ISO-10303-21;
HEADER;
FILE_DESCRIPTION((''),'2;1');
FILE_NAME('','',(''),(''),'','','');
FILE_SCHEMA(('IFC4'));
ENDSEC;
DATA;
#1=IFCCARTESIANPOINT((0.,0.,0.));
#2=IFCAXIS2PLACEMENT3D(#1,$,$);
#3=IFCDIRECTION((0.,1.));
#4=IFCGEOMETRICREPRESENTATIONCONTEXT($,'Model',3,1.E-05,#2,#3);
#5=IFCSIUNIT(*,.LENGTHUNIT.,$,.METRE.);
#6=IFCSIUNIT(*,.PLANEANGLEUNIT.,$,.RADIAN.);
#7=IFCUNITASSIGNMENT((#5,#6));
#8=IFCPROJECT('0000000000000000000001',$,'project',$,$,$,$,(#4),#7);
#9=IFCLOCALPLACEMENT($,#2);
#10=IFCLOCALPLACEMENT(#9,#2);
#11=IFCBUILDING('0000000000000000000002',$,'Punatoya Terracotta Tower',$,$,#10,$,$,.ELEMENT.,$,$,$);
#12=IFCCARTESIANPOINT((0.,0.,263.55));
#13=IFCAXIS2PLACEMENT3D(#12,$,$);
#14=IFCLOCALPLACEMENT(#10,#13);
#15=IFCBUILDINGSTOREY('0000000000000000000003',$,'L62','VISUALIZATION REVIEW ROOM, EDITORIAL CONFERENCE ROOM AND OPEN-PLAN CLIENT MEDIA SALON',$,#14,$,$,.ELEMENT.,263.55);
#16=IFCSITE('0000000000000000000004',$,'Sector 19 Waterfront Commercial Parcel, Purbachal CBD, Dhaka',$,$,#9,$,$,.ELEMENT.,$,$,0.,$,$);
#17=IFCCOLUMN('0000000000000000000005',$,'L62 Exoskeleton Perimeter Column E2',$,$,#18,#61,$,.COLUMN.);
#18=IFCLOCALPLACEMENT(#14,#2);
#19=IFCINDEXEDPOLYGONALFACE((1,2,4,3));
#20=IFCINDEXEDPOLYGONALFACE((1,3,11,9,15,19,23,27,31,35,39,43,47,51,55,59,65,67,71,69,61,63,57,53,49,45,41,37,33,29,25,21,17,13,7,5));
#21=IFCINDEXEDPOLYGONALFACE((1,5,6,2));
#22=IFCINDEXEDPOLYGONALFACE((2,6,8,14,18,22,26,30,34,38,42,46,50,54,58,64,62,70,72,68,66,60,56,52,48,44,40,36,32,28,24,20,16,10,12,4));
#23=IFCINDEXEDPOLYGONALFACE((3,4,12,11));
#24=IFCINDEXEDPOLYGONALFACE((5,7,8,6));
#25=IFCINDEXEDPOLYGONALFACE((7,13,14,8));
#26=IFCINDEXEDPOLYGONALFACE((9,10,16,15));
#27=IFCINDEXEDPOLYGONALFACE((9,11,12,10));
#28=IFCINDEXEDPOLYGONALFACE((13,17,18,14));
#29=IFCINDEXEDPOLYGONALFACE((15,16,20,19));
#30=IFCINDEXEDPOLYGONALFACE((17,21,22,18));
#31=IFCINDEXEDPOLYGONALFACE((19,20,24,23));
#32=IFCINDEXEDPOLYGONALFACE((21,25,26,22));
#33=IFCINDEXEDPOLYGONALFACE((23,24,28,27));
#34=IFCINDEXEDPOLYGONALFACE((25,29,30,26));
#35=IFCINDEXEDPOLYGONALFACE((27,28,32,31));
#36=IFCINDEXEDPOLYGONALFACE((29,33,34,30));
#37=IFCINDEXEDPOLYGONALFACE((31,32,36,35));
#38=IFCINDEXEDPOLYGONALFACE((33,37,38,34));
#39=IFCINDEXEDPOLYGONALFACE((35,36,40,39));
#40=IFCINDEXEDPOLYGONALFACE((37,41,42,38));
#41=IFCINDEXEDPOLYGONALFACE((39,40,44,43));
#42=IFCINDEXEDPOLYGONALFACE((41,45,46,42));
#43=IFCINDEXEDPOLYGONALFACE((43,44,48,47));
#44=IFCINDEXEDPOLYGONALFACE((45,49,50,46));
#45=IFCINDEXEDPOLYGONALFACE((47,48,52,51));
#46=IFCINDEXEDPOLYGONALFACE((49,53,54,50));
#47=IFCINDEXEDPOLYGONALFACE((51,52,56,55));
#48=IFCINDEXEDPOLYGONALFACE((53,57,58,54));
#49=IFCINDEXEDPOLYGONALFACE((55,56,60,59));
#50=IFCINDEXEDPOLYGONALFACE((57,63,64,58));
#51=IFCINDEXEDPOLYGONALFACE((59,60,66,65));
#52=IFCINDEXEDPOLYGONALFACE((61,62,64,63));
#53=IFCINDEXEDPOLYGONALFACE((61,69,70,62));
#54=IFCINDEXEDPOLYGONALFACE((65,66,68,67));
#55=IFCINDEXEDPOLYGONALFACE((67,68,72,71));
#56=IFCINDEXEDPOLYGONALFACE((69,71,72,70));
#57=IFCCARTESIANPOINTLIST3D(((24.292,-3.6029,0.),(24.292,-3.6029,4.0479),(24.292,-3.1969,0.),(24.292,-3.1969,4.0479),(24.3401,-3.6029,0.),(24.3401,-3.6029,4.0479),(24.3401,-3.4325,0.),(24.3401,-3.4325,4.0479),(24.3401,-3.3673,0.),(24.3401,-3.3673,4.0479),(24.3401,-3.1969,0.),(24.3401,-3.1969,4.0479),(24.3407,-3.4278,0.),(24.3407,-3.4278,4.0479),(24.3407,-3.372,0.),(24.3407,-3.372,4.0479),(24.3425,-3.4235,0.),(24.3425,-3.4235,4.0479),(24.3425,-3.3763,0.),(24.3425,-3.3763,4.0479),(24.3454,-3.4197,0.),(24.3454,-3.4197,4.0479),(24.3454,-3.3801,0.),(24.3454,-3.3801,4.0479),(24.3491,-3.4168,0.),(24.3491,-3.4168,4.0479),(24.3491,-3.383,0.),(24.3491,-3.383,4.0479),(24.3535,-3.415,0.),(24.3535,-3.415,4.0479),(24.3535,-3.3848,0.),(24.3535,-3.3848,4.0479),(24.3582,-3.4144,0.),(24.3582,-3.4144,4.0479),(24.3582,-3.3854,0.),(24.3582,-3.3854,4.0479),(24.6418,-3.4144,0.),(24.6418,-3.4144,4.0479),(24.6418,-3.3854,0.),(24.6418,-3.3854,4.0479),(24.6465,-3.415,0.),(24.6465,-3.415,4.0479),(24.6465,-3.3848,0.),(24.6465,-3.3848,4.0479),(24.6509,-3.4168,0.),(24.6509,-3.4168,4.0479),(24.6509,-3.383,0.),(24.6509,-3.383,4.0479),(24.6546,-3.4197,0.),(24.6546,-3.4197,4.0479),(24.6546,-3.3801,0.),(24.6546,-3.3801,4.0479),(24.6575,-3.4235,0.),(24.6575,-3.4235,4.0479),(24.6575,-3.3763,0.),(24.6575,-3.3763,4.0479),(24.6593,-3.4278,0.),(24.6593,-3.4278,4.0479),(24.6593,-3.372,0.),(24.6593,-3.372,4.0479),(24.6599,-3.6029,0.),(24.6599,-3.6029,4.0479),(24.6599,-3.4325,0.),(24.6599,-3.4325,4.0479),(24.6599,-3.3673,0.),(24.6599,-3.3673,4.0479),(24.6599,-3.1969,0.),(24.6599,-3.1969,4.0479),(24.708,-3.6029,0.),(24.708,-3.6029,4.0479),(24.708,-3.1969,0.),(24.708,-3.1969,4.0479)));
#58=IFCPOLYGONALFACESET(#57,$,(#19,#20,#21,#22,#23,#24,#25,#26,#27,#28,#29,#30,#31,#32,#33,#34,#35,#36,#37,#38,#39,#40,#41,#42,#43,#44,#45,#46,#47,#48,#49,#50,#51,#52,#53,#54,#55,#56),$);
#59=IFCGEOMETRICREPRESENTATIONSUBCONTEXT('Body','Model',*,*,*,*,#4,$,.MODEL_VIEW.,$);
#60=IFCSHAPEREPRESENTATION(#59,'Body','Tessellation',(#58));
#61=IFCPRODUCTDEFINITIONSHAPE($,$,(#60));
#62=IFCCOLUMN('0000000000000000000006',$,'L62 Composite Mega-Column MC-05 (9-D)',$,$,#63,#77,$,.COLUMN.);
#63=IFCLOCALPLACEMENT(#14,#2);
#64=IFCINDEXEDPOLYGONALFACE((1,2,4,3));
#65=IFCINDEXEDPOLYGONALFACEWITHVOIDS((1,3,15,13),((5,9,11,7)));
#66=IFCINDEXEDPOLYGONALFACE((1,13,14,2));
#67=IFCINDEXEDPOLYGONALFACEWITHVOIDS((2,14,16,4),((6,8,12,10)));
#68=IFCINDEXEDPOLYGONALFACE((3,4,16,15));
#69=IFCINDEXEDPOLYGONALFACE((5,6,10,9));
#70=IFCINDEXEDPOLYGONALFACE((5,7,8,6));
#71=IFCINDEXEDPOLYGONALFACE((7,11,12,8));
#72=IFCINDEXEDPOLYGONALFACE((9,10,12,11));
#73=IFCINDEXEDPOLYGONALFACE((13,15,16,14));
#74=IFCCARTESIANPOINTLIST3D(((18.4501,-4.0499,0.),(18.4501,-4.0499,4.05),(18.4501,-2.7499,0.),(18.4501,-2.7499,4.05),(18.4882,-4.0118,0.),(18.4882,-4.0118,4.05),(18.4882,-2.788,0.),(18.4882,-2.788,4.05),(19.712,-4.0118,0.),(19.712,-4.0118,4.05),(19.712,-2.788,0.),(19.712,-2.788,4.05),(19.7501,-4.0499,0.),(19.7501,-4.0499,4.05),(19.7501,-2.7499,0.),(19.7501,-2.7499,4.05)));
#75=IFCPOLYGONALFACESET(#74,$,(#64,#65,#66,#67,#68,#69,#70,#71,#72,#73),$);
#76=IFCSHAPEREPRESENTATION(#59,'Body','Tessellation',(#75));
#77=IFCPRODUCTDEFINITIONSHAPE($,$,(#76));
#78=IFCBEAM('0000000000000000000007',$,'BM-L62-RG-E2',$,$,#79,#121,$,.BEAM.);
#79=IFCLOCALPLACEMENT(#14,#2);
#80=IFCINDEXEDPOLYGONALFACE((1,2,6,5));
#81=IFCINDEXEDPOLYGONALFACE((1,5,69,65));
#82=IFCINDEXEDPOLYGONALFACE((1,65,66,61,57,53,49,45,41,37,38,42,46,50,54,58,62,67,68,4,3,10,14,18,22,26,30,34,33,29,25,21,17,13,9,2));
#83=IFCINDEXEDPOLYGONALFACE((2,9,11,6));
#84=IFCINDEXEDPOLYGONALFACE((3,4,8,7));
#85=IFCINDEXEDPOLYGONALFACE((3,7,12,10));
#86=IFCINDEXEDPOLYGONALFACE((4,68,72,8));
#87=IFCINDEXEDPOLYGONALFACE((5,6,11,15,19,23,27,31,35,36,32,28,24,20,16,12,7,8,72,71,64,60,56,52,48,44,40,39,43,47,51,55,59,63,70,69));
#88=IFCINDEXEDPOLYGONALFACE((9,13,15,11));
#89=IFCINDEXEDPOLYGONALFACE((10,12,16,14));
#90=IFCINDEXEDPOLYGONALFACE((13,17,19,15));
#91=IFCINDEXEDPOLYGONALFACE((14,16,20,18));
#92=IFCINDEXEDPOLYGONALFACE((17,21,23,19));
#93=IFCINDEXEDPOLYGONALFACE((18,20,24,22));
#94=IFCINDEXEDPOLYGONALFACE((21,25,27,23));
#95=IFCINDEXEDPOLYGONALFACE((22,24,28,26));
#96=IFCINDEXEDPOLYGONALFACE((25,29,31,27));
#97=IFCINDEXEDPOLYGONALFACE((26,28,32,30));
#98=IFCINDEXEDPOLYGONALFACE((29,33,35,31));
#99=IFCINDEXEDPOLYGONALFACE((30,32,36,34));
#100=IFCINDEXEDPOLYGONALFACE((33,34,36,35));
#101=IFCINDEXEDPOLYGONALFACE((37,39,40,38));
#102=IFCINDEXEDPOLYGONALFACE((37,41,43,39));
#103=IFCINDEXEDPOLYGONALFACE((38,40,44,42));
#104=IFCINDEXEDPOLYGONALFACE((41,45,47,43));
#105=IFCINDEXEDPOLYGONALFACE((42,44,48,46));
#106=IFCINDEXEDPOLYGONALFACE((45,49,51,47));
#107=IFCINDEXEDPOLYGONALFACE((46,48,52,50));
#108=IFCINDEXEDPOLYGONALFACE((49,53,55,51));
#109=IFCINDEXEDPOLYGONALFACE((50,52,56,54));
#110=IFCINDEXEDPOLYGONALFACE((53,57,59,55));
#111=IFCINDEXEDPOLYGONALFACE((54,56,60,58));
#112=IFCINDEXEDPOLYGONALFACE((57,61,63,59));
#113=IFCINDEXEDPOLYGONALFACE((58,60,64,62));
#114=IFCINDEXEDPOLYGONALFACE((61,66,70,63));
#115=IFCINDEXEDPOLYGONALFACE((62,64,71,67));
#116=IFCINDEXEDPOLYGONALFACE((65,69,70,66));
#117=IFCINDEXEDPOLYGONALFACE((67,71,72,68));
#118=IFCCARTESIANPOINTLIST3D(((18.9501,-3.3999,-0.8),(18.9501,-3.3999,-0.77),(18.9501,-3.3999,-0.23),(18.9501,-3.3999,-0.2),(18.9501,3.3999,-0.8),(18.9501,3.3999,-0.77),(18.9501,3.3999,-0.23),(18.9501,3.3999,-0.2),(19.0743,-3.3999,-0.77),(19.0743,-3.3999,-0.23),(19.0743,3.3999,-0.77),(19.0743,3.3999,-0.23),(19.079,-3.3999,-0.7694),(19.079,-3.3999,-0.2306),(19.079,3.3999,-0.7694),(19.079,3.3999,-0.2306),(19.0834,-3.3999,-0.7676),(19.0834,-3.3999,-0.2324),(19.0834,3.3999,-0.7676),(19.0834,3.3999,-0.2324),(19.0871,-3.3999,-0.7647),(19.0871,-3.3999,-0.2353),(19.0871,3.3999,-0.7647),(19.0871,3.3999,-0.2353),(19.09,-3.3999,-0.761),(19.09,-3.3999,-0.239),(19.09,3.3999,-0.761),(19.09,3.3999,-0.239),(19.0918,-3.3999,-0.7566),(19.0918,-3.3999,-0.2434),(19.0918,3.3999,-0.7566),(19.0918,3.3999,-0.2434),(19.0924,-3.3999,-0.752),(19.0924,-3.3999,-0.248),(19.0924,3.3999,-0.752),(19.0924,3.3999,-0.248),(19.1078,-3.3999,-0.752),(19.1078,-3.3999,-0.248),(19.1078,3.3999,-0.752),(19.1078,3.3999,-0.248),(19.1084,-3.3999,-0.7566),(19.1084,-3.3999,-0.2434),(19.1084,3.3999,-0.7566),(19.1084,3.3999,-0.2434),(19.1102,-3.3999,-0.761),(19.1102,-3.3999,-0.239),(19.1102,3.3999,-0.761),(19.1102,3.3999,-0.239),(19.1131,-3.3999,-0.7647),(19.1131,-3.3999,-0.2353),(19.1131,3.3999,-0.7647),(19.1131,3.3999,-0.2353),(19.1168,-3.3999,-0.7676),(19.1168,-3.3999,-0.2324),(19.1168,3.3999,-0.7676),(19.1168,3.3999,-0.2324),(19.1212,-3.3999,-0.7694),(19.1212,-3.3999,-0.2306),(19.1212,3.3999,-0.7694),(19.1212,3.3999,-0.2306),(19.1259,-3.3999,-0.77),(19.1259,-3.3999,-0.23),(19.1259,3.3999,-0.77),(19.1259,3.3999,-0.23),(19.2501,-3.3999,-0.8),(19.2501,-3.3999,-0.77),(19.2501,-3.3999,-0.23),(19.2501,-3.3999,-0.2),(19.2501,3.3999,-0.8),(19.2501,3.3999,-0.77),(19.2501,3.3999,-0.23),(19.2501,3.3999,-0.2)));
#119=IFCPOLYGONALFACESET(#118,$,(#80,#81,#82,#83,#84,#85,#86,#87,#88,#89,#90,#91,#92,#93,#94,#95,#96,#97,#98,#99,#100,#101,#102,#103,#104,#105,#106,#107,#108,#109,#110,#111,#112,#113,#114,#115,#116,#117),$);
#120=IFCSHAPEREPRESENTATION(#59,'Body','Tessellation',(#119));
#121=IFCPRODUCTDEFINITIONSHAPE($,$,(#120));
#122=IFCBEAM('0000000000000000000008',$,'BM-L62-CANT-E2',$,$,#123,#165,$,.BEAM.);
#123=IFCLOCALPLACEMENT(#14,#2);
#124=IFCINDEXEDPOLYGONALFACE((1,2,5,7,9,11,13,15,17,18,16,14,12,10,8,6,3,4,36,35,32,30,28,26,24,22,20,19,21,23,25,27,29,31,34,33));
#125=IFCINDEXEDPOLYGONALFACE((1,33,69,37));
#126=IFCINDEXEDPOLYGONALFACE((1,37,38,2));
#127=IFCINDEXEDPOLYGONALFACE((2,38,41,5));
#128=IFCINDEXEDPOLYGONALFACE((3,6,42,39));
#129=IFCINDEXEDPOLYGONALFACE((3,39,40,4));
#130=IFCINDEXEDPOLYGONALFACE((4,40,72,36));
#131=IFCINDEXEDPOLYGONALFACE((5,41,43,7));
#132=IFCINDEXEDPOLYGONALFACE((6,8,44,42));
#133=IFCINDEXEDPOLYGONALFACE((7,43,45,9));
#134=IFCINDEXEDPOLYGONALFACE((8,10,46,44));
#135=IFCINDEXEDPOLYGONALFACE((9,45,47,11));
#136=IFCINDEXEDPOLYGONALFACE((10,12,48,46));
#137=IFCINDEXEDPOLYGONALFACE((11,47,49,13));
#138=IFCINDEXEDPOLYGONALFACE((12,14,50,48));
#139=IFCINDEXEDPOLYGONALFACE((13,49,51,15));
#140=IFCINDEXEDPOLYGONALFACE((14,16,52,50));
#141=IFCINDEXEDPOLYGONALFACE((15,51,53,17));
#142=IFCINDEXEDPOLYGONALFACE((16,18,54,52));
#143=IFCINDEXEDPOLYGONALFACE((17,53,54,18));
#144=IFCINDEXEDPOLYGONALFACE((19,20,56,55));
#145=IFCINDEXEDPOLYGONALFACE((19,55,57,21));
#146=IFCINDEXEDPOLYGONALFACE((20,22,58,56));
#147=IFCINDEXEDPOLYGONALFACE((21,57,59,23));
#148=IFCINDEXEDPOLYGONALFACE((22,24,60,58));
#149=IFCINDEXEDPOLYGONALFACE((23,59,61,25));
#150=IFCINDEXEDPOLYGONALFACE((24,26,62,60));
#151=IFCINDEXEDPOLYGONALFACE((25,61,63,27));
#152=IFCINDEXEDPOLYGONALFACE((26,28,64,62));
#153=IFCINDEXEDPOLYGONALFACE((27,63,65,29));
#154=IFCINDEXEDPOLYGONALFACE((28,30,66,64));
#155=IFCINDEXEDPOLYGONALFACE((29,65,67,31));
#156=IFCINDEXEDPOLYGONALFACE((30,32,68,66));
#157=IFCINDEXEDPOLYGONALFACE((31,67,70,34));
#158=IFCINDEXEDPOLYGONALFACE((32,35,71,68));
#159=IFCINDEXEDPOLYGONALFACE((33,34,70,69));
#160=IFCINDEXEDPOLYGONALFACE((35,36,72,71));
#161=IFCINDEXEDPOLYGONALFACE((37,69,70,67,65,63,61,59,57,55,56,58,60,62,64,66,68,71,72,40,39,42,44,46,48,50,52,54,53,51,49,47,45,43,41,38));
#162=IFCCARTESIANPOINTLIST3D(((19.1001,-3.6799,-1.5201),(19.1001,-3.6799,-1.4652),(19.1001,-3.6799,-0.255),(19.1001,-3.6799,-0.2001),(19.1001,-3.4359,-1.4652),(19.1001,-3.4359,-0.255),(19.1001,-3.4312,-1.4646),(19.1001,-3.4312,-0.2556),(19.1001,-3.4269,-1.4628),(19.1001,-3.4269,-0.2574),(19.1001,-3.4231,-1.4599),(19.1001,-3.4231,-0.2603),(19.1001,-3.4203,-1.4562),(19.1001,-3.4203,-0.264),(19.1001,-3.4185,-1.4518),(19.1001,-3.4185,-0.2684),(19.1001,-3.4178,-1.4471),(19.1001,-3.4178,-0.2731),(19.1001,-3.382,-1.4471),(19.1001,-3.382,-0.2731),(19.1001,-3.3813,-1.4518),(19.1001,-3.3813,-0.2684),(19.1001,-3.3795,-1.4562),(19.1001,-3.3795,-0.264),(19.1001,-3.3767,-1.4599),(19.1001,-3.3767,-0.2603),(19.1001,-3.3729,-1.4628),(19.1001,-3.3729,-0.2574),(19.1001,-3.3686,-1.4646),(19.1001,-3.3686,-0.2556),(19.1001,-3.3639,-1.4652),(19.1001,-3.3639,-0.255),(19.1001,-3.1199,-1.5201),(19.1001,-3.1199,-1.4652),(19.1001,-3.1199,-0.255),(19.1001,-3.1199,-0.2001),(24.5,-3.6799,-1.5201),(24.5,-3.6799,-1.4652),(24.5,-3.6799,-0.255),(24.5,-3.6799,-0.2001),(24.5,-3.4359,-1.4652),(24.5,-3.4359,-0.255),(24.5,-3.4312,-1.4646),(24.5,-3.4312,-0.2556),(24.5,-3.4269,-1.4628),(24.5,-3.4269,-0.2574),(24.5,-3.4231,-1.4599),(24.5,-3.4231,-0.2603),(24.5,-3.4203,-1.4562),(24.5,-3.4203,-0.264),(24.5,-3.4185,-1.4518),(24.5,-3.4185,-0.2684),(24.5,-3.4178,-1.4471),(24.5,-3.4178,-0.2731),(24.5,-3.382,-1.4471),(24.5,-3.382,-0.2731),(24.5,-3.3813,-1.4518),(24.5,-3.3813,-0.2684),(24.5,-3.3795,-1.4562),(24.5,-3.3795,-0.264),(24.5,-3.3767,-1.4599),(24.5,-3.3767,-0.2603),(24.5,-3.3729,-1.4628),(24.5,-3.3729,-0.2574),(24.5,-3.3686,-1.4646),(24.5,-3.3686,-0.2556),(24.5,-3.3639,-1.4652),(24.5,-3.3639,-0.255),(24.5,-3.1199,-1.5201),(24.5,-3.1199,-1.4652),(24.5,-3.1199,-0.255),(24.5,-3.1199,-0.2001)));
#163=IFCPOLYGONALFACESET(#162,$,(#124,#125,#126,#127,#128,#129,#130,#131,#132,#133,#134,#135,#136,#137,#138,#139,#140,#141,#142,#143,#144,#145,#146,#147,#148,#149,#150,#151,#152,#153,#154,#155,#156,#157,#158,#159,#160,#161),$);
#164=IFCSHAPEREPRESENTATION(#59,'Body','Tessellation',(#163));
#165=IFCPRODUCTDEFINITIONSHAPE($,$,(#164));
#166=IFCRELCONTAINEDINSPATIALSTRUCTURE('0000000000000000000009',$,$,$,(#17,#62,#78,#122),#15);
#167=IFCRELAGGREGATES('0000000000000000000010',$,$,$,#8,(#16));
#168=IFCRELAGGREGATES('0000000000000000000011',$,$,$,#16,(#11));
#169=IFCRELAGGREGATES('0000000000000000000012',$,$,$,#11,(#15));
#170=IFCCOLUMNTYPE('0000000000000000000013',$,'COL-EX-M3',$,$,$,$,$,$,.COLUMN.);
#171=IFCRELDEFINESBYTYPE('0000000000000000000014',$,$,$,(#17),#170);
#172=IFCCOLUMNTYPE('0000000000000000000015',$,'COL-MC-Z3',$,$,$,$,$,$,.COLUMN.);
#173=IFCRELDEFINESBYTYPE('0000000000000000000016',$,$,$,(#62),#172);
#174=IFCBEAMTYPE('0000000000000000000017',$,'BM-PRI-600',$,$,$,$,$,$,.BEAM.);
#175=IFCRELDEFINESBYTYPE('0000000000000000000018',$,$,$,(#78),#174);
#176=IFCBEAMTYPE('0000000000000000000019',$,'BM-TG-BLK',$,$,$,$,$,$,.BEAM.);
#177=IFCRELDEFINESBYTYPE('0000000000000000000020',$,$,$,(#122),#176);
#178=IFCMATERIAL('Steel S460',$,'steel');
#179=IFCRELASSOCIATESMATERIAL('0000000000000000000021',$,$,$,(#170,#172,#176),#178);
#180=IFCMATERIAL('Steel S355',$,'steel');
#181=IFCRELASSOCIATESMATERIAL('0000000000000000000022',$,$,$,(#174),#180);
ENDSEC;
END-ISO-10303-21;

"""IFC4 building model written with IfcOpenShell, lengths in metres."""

from ifc_helpers import new_model, si_unit, direction, frame, origin, origin_2d, place, context, subcontext, project, spatial, hollow_rectangle, i_section, extrude, material, material_profile, profile_set, type_object, element, save


model = new_model("IFC4")

# Units and contexts
model_context = context("Model", 3, precision=1e-05, world=origin(), true_north=direction((0.0, 1.0)))
body_context = subcontext(model_context, "Body", "Model", "MODEL_VIEW")
ifc_project = project(units=[si_unit("LENGTHUNIT", "METRE"), si_unit("PLANEANGLEUNIT", "RADIAN")], contexts=[model_context])

# Site, building, storey
site_placement = place(None, origin())
site = spatial("IfcSite", under=ifc_project, at=site_placement, Name="Sector 19 Waterfront Commercial Parcel, Purbachal CBD, Dhaka", CompositionType="ELEMENT", RefElevation=0.0)
building_placement = place(site_placement, origin())
building = spatial("IfcBuilding", under=site, at=building_placement, Name="Punatoya Terracotta Tower", CompositionType="ELEMENT")
storey_placement = place(building_placement, frame((0.0, 0.0, 263.55)))
storey = spatial("IfcBuildingStorey", under=building, at=storey_placement, Name="L62", Description="VISUALIZATION REVIEW ROOM, EDITORIAL CONFERENCE ROOM AND OPEN-PLAN CLIENT MEDIA SALON", CompositionType="ELEMENT", Elevation=263.55)

# Columns
ifc_material_1 = material(Name="Steel S460", Category="steel")
ifc_material_profile_1 = material_profile(ifc_material_1, i_section(OverallWidth=0.406, OverallDepth=0.416, WebThickness=0.0291, FlangeThickness=0.0481, FilletRadius=0.0181, at=origin_2d()))
ifc_profile_set_1 = profile_set([ifc_material_profile_1], Name="Steel S460")
column_type_1 = type_object("IfcColumnType", Name="COL-EX-M3", PredefinedType="COLUMN", material=ifc_profile_set_1)
column_1_placement = place(storey_placement, frame((24.5, -3.3999, 0.0), z_axis=(0.0, 0.0, 1.0), x_axis=(0.0, 1.0, 0.0)))
element("IfcColumn", 1, at=column_1_placement, inside=storey, type_object=column_type_1, Name="L62 Exoskeleton Perimeter Column E2", PredefinedType="COLUMN", context=body_context, shape_type="SweptSolid", body=[
    extrude(i_section(OverallWidth=0.406, OverallDepth=0.416, WebThickness=0.0291, FlangeThickness=0.0481, FilletRadius=0.0181, at=origin_2d()), origin(), (0.0, 0.0, 1.0), 4.0479),
])
ifc_material_profile_2 = material_profile(ifc_material_1, hollow_rectangle(XDim=1.3, YDim=1.3, WallThickness=0.0381, at=origin_2d()))
ifc_profile_set_2 = profile_set([ifc_material_profile_2], Name="Steel S460")
column_type_2 = type_object("IfcColumnType", Name="COL-MC-Z3", PredefinedType="COLUMN", material=ifc_profile_set_2)
column_2_placement = place(storey_placement, frame((19.1001, -3.3999, 0.0), z_axis=(0.0, 0.0, 1.0), x_axis=(1.0, 0.0, 0.0)))
element("IfcColumn", 2, at=column_2_placement, inside=storey, type_object=column_type_2, Name="L62 Composite Mega-Column MC-05 (9-D)", PredefinedType="COLUMN", context=body_context, shape_type="SweptSolid", body=[
    extrude(hollow_rectangle(XDim=1.3, YDim=1.3, WallThickness=0.0381, at=origin_2d()), origin(), (0.0, 0.0, 1.0), 4.05),
])

# Beams
ifc_material_2 = material(Name="Steel S355", Category="steel")
ifc_material_profile_3 = material_profile(ifc_material_2, i_section(OverallWidth=0.3, OverallDepth=0.6001, WebThickness=0.0154, FlangeThickness=0.03, FilletRadius=0.0181, at=origin_2d()))
ifc_profile_set_3 = profile_set([ifc_material_profile_3], Name="Steel S355")
beam_type_1 = type_object("IfcBeamType", Name="BM-PRI-600", PredefinedType="BEAM", material=ifc_profile_set_3)
beam_1_placement = place(storey_placement, frame((19.1001, -3.3999, -0.5), z_axis=(0.0, 1.0, 0.0), x_axis=(-1.0, 0.0, 0.0)))
element("IfcBeam", 3, at=beam_1_placement, inside=storey, type_object=beam_type_1, Name="BM-L62-RG-E2", PredefinedType="BEAM", context=body_context, shape_type="SweptSolid", body=[
    extrude(i_section(OverallWidth=0.3, OverallDepth=0.6001, WebThickness=0.0154, FlangeThickness=0.03, FilletRadius=0.0181, at=origin_2d()), origin(), (0.0, 0.0, 1.0), 6.7998),
])
ifc_material_profile_4 = material_profile(ifc_material_1, i_section(OverallWidth=0.5601, OverallDepth=1.3201, WebThickness=0.0359, FlangeThickness=0.0549, FilletRadius=0.0181, at=origin_2d()))
ifc_profile_set_4 = profile_set([ifc_material_profile_4], Name="Steel S460")
beam_type_2 = type_object("IfcBeamType", Name="BM-TG-BLK", PredefinedType="BEAM", material=ifc_profile_set_4)
beam_2_placement = place(storey_placement, frame((19.1001, -3.3999, -0.8601), z_axis=(1.0, 0.0, 0.0), x_axis=(0.0, 1.0, 0.0)))
element("IfcBeam", 4, at=beam_2_placement, inside=storey, type_object=beam_type_2, Name="BM-L62-CANT-E2", PredefinedType="BEAM", context=body_context, shape_type="SweptSolid", body=[
    extrude(i_section(OverallWidth=0.5601, OverallDepth=1.3201, WebThickness=0.0359, FlangeThickness=0.0549, FilletRadius=0.0181, at=origin_2d()), origin(), (0.0, 0.0, 1.0), 5.3999),
])

save(model, "model.ifc")
